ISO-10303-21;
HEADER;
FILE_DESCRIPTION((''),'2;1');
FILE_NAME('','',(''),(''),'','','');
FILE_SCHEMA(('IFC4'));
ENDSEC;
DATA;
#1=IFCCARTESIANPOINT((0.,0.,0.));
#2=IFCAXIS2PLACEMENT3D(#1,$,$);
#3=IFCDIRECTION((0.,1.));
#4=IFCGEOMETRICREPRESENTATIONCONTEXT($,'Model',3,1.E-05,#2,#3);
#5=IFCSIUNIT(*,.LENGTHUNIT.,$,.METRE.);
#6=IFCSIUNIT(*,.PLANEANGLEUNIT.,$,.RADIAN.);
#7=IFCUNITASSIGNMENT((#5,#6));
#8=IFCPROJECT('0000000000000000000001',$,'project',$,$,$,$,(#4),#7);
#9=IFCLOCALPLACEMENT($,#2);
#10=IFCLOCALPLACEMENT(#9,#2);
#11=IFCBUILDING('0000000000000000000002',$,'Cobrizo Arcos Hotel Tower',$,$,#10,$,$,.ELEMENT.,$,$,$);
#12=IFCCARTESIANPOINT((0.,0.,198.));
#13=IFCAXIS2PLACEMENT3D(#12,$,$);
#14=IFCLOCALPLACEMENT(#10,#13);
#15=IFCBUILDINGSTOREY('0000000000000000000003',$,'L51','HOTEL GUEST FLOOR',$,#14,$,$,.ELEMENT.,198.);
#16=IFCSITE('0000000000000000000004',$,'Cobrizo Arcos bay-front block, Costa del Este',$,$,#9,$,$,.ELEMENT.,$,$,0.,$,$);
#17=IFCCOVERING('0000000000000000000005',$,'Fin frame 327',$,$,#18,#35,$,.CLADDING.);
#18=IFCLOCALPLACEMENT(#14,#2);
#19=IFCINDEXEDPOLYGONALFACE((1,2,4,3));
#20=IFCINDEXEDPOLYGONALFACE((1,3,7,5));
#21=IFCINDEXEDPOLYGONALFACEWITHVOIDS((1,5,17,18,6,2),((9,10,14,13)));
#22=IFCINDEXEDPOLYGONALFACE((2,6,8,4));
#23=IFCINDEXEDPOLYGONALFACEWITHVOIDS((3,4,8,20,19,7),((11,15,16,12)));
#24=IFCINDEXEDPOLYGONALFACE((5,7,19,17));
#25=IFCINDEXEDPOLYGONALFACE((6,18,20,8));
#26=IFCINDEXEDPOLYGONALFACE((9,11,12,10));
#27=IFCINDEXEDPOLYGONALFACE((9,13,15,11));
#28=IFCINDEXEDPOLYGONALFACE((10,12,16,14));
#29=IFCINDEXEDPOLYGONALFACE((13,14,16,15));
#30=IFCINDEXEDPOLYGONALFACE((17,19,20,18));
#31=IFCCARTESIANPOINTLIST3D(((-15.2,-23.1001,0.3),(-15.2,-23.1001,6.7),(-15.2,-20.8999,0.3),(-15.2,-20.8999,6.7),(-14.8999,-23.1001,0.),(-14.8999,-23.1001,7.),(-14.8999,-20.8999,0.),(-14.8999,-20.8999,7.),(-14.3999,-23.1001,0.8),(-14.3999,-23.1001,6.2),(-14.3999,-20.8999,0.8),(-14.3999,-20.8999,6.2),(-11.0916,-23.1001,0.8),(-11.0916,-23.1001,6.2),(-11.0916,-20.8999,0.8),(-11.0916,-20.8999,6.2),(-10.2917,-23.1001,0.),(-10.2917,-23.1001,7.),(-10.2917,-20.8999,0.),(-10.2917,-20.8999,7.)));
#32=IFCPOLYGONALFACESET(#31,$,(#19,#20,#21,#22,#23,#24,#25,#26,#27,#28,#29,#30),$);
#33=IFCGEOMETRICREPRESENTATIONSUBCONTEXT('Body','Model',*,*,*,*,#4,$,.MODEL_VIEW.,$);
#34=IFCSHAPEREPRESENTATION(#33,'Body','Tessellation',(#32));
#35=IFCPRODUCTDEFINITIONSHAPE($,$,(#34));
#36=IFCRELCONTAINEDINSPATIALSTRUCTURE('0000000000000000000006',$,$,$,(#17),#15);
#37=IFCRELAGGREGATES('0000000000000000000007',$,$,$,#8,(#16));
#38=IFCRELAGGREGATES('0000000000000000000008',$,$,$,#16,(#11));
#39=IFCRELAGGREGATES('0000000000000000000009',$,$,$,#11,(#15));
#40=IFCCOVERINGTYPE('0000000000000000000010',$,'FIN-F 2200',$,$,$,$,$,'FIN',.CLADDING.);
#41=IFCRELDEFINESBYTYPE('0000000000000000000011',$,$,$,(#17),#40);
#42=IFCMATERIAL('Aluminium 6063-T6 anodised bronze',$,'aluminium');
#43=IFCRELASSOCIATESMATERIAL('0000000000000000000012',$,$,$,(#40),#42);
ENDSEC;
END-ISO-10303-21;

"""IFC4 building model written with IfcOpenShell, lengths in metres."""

from ifc_helpers import new_model, si_unit, direction, frame, origin, place, context, subcontext, project, spatial, polyline, outline, extrude, material, type_object, element, save


model = new_model("IFC4")

# Units and contexts
model_context = context("Model", 3, precision=1e-05, world=origin(), true_north=direction((0.0, 1.0)))
body_context = subcontext(model_context, "Body", "Model", "MODEL_VIEW")
ifc_project = project(units=[si_unit("LENGTHUNIT", "METRE"), si_unit("PLANEANGLEUNIT", "RADIAN")], contexts=[model_context])

# Site, building, storey
site_placement = place(None, origin())
site = spatial("IfcSite", under=ifc_project, at=site_placement, Name="Cobrizo Arcos bay-front block, Costa del Este", CompositionType="ELEMENT", RefElevation=0.0)
building_placement = place(site_placement, origin())
building = spatial("IfcBuilding", under=site, at=building_placement, Name="Cobrizo Arcos Hotel Tower", CompositionType="ELEMENT")
storey_placement = place(building_placement, frame((0.0, 0.0, 198.0)))
storey = spatial("IfcBuildingStorey", under=building, at=storey_placement, Name="L51", Description="HOTEL GUEST FLOOR", CompositionType="ELEMENT", Elevation=198.0)

# Shared definitions
ifc_material_1 = material(Name="Aluminium 6063-T6 anodised bronze", Category="aluminium")

# Covering
covering_type_1 = type_object("IfcCoveringType", Name="FIN-F 2200", ElementType="FIN", PredefinedType="CLADDING", material=ifc_material_1)
covering_1_placement = place(storey_placement, frame((-15.2, -20.8999, 0.0), z_axis=(0.0, -1.0, 0.0), x_axis=(1.0, 0.0, 0.0)))
element("IfcCovering", 1, at=covering_1_placement, inside=storey, type_object=covering_type_1, Name="Fin frame 327", PredefinedType="CLADDING", context=body_context, shape_type="SweptSolid", body=[
    extrude(outline(polyline([(0.0, 0.3), (0.3, 0.0), (4.9082, 0.0), (4.9082, 7.0), (0.3, 7.0), (0.0, 6.7), (0.0, 0.3)]), holes=[polyline([(4.1084, 0.8), (0.8, 0.8), (0.8, 6.2), (4.1084, 6.2), (4.1084, 0.8)])]), origin(), (0.0, 0.0, 1.0), 2.2002),
])

save(model, "model.ifc")
